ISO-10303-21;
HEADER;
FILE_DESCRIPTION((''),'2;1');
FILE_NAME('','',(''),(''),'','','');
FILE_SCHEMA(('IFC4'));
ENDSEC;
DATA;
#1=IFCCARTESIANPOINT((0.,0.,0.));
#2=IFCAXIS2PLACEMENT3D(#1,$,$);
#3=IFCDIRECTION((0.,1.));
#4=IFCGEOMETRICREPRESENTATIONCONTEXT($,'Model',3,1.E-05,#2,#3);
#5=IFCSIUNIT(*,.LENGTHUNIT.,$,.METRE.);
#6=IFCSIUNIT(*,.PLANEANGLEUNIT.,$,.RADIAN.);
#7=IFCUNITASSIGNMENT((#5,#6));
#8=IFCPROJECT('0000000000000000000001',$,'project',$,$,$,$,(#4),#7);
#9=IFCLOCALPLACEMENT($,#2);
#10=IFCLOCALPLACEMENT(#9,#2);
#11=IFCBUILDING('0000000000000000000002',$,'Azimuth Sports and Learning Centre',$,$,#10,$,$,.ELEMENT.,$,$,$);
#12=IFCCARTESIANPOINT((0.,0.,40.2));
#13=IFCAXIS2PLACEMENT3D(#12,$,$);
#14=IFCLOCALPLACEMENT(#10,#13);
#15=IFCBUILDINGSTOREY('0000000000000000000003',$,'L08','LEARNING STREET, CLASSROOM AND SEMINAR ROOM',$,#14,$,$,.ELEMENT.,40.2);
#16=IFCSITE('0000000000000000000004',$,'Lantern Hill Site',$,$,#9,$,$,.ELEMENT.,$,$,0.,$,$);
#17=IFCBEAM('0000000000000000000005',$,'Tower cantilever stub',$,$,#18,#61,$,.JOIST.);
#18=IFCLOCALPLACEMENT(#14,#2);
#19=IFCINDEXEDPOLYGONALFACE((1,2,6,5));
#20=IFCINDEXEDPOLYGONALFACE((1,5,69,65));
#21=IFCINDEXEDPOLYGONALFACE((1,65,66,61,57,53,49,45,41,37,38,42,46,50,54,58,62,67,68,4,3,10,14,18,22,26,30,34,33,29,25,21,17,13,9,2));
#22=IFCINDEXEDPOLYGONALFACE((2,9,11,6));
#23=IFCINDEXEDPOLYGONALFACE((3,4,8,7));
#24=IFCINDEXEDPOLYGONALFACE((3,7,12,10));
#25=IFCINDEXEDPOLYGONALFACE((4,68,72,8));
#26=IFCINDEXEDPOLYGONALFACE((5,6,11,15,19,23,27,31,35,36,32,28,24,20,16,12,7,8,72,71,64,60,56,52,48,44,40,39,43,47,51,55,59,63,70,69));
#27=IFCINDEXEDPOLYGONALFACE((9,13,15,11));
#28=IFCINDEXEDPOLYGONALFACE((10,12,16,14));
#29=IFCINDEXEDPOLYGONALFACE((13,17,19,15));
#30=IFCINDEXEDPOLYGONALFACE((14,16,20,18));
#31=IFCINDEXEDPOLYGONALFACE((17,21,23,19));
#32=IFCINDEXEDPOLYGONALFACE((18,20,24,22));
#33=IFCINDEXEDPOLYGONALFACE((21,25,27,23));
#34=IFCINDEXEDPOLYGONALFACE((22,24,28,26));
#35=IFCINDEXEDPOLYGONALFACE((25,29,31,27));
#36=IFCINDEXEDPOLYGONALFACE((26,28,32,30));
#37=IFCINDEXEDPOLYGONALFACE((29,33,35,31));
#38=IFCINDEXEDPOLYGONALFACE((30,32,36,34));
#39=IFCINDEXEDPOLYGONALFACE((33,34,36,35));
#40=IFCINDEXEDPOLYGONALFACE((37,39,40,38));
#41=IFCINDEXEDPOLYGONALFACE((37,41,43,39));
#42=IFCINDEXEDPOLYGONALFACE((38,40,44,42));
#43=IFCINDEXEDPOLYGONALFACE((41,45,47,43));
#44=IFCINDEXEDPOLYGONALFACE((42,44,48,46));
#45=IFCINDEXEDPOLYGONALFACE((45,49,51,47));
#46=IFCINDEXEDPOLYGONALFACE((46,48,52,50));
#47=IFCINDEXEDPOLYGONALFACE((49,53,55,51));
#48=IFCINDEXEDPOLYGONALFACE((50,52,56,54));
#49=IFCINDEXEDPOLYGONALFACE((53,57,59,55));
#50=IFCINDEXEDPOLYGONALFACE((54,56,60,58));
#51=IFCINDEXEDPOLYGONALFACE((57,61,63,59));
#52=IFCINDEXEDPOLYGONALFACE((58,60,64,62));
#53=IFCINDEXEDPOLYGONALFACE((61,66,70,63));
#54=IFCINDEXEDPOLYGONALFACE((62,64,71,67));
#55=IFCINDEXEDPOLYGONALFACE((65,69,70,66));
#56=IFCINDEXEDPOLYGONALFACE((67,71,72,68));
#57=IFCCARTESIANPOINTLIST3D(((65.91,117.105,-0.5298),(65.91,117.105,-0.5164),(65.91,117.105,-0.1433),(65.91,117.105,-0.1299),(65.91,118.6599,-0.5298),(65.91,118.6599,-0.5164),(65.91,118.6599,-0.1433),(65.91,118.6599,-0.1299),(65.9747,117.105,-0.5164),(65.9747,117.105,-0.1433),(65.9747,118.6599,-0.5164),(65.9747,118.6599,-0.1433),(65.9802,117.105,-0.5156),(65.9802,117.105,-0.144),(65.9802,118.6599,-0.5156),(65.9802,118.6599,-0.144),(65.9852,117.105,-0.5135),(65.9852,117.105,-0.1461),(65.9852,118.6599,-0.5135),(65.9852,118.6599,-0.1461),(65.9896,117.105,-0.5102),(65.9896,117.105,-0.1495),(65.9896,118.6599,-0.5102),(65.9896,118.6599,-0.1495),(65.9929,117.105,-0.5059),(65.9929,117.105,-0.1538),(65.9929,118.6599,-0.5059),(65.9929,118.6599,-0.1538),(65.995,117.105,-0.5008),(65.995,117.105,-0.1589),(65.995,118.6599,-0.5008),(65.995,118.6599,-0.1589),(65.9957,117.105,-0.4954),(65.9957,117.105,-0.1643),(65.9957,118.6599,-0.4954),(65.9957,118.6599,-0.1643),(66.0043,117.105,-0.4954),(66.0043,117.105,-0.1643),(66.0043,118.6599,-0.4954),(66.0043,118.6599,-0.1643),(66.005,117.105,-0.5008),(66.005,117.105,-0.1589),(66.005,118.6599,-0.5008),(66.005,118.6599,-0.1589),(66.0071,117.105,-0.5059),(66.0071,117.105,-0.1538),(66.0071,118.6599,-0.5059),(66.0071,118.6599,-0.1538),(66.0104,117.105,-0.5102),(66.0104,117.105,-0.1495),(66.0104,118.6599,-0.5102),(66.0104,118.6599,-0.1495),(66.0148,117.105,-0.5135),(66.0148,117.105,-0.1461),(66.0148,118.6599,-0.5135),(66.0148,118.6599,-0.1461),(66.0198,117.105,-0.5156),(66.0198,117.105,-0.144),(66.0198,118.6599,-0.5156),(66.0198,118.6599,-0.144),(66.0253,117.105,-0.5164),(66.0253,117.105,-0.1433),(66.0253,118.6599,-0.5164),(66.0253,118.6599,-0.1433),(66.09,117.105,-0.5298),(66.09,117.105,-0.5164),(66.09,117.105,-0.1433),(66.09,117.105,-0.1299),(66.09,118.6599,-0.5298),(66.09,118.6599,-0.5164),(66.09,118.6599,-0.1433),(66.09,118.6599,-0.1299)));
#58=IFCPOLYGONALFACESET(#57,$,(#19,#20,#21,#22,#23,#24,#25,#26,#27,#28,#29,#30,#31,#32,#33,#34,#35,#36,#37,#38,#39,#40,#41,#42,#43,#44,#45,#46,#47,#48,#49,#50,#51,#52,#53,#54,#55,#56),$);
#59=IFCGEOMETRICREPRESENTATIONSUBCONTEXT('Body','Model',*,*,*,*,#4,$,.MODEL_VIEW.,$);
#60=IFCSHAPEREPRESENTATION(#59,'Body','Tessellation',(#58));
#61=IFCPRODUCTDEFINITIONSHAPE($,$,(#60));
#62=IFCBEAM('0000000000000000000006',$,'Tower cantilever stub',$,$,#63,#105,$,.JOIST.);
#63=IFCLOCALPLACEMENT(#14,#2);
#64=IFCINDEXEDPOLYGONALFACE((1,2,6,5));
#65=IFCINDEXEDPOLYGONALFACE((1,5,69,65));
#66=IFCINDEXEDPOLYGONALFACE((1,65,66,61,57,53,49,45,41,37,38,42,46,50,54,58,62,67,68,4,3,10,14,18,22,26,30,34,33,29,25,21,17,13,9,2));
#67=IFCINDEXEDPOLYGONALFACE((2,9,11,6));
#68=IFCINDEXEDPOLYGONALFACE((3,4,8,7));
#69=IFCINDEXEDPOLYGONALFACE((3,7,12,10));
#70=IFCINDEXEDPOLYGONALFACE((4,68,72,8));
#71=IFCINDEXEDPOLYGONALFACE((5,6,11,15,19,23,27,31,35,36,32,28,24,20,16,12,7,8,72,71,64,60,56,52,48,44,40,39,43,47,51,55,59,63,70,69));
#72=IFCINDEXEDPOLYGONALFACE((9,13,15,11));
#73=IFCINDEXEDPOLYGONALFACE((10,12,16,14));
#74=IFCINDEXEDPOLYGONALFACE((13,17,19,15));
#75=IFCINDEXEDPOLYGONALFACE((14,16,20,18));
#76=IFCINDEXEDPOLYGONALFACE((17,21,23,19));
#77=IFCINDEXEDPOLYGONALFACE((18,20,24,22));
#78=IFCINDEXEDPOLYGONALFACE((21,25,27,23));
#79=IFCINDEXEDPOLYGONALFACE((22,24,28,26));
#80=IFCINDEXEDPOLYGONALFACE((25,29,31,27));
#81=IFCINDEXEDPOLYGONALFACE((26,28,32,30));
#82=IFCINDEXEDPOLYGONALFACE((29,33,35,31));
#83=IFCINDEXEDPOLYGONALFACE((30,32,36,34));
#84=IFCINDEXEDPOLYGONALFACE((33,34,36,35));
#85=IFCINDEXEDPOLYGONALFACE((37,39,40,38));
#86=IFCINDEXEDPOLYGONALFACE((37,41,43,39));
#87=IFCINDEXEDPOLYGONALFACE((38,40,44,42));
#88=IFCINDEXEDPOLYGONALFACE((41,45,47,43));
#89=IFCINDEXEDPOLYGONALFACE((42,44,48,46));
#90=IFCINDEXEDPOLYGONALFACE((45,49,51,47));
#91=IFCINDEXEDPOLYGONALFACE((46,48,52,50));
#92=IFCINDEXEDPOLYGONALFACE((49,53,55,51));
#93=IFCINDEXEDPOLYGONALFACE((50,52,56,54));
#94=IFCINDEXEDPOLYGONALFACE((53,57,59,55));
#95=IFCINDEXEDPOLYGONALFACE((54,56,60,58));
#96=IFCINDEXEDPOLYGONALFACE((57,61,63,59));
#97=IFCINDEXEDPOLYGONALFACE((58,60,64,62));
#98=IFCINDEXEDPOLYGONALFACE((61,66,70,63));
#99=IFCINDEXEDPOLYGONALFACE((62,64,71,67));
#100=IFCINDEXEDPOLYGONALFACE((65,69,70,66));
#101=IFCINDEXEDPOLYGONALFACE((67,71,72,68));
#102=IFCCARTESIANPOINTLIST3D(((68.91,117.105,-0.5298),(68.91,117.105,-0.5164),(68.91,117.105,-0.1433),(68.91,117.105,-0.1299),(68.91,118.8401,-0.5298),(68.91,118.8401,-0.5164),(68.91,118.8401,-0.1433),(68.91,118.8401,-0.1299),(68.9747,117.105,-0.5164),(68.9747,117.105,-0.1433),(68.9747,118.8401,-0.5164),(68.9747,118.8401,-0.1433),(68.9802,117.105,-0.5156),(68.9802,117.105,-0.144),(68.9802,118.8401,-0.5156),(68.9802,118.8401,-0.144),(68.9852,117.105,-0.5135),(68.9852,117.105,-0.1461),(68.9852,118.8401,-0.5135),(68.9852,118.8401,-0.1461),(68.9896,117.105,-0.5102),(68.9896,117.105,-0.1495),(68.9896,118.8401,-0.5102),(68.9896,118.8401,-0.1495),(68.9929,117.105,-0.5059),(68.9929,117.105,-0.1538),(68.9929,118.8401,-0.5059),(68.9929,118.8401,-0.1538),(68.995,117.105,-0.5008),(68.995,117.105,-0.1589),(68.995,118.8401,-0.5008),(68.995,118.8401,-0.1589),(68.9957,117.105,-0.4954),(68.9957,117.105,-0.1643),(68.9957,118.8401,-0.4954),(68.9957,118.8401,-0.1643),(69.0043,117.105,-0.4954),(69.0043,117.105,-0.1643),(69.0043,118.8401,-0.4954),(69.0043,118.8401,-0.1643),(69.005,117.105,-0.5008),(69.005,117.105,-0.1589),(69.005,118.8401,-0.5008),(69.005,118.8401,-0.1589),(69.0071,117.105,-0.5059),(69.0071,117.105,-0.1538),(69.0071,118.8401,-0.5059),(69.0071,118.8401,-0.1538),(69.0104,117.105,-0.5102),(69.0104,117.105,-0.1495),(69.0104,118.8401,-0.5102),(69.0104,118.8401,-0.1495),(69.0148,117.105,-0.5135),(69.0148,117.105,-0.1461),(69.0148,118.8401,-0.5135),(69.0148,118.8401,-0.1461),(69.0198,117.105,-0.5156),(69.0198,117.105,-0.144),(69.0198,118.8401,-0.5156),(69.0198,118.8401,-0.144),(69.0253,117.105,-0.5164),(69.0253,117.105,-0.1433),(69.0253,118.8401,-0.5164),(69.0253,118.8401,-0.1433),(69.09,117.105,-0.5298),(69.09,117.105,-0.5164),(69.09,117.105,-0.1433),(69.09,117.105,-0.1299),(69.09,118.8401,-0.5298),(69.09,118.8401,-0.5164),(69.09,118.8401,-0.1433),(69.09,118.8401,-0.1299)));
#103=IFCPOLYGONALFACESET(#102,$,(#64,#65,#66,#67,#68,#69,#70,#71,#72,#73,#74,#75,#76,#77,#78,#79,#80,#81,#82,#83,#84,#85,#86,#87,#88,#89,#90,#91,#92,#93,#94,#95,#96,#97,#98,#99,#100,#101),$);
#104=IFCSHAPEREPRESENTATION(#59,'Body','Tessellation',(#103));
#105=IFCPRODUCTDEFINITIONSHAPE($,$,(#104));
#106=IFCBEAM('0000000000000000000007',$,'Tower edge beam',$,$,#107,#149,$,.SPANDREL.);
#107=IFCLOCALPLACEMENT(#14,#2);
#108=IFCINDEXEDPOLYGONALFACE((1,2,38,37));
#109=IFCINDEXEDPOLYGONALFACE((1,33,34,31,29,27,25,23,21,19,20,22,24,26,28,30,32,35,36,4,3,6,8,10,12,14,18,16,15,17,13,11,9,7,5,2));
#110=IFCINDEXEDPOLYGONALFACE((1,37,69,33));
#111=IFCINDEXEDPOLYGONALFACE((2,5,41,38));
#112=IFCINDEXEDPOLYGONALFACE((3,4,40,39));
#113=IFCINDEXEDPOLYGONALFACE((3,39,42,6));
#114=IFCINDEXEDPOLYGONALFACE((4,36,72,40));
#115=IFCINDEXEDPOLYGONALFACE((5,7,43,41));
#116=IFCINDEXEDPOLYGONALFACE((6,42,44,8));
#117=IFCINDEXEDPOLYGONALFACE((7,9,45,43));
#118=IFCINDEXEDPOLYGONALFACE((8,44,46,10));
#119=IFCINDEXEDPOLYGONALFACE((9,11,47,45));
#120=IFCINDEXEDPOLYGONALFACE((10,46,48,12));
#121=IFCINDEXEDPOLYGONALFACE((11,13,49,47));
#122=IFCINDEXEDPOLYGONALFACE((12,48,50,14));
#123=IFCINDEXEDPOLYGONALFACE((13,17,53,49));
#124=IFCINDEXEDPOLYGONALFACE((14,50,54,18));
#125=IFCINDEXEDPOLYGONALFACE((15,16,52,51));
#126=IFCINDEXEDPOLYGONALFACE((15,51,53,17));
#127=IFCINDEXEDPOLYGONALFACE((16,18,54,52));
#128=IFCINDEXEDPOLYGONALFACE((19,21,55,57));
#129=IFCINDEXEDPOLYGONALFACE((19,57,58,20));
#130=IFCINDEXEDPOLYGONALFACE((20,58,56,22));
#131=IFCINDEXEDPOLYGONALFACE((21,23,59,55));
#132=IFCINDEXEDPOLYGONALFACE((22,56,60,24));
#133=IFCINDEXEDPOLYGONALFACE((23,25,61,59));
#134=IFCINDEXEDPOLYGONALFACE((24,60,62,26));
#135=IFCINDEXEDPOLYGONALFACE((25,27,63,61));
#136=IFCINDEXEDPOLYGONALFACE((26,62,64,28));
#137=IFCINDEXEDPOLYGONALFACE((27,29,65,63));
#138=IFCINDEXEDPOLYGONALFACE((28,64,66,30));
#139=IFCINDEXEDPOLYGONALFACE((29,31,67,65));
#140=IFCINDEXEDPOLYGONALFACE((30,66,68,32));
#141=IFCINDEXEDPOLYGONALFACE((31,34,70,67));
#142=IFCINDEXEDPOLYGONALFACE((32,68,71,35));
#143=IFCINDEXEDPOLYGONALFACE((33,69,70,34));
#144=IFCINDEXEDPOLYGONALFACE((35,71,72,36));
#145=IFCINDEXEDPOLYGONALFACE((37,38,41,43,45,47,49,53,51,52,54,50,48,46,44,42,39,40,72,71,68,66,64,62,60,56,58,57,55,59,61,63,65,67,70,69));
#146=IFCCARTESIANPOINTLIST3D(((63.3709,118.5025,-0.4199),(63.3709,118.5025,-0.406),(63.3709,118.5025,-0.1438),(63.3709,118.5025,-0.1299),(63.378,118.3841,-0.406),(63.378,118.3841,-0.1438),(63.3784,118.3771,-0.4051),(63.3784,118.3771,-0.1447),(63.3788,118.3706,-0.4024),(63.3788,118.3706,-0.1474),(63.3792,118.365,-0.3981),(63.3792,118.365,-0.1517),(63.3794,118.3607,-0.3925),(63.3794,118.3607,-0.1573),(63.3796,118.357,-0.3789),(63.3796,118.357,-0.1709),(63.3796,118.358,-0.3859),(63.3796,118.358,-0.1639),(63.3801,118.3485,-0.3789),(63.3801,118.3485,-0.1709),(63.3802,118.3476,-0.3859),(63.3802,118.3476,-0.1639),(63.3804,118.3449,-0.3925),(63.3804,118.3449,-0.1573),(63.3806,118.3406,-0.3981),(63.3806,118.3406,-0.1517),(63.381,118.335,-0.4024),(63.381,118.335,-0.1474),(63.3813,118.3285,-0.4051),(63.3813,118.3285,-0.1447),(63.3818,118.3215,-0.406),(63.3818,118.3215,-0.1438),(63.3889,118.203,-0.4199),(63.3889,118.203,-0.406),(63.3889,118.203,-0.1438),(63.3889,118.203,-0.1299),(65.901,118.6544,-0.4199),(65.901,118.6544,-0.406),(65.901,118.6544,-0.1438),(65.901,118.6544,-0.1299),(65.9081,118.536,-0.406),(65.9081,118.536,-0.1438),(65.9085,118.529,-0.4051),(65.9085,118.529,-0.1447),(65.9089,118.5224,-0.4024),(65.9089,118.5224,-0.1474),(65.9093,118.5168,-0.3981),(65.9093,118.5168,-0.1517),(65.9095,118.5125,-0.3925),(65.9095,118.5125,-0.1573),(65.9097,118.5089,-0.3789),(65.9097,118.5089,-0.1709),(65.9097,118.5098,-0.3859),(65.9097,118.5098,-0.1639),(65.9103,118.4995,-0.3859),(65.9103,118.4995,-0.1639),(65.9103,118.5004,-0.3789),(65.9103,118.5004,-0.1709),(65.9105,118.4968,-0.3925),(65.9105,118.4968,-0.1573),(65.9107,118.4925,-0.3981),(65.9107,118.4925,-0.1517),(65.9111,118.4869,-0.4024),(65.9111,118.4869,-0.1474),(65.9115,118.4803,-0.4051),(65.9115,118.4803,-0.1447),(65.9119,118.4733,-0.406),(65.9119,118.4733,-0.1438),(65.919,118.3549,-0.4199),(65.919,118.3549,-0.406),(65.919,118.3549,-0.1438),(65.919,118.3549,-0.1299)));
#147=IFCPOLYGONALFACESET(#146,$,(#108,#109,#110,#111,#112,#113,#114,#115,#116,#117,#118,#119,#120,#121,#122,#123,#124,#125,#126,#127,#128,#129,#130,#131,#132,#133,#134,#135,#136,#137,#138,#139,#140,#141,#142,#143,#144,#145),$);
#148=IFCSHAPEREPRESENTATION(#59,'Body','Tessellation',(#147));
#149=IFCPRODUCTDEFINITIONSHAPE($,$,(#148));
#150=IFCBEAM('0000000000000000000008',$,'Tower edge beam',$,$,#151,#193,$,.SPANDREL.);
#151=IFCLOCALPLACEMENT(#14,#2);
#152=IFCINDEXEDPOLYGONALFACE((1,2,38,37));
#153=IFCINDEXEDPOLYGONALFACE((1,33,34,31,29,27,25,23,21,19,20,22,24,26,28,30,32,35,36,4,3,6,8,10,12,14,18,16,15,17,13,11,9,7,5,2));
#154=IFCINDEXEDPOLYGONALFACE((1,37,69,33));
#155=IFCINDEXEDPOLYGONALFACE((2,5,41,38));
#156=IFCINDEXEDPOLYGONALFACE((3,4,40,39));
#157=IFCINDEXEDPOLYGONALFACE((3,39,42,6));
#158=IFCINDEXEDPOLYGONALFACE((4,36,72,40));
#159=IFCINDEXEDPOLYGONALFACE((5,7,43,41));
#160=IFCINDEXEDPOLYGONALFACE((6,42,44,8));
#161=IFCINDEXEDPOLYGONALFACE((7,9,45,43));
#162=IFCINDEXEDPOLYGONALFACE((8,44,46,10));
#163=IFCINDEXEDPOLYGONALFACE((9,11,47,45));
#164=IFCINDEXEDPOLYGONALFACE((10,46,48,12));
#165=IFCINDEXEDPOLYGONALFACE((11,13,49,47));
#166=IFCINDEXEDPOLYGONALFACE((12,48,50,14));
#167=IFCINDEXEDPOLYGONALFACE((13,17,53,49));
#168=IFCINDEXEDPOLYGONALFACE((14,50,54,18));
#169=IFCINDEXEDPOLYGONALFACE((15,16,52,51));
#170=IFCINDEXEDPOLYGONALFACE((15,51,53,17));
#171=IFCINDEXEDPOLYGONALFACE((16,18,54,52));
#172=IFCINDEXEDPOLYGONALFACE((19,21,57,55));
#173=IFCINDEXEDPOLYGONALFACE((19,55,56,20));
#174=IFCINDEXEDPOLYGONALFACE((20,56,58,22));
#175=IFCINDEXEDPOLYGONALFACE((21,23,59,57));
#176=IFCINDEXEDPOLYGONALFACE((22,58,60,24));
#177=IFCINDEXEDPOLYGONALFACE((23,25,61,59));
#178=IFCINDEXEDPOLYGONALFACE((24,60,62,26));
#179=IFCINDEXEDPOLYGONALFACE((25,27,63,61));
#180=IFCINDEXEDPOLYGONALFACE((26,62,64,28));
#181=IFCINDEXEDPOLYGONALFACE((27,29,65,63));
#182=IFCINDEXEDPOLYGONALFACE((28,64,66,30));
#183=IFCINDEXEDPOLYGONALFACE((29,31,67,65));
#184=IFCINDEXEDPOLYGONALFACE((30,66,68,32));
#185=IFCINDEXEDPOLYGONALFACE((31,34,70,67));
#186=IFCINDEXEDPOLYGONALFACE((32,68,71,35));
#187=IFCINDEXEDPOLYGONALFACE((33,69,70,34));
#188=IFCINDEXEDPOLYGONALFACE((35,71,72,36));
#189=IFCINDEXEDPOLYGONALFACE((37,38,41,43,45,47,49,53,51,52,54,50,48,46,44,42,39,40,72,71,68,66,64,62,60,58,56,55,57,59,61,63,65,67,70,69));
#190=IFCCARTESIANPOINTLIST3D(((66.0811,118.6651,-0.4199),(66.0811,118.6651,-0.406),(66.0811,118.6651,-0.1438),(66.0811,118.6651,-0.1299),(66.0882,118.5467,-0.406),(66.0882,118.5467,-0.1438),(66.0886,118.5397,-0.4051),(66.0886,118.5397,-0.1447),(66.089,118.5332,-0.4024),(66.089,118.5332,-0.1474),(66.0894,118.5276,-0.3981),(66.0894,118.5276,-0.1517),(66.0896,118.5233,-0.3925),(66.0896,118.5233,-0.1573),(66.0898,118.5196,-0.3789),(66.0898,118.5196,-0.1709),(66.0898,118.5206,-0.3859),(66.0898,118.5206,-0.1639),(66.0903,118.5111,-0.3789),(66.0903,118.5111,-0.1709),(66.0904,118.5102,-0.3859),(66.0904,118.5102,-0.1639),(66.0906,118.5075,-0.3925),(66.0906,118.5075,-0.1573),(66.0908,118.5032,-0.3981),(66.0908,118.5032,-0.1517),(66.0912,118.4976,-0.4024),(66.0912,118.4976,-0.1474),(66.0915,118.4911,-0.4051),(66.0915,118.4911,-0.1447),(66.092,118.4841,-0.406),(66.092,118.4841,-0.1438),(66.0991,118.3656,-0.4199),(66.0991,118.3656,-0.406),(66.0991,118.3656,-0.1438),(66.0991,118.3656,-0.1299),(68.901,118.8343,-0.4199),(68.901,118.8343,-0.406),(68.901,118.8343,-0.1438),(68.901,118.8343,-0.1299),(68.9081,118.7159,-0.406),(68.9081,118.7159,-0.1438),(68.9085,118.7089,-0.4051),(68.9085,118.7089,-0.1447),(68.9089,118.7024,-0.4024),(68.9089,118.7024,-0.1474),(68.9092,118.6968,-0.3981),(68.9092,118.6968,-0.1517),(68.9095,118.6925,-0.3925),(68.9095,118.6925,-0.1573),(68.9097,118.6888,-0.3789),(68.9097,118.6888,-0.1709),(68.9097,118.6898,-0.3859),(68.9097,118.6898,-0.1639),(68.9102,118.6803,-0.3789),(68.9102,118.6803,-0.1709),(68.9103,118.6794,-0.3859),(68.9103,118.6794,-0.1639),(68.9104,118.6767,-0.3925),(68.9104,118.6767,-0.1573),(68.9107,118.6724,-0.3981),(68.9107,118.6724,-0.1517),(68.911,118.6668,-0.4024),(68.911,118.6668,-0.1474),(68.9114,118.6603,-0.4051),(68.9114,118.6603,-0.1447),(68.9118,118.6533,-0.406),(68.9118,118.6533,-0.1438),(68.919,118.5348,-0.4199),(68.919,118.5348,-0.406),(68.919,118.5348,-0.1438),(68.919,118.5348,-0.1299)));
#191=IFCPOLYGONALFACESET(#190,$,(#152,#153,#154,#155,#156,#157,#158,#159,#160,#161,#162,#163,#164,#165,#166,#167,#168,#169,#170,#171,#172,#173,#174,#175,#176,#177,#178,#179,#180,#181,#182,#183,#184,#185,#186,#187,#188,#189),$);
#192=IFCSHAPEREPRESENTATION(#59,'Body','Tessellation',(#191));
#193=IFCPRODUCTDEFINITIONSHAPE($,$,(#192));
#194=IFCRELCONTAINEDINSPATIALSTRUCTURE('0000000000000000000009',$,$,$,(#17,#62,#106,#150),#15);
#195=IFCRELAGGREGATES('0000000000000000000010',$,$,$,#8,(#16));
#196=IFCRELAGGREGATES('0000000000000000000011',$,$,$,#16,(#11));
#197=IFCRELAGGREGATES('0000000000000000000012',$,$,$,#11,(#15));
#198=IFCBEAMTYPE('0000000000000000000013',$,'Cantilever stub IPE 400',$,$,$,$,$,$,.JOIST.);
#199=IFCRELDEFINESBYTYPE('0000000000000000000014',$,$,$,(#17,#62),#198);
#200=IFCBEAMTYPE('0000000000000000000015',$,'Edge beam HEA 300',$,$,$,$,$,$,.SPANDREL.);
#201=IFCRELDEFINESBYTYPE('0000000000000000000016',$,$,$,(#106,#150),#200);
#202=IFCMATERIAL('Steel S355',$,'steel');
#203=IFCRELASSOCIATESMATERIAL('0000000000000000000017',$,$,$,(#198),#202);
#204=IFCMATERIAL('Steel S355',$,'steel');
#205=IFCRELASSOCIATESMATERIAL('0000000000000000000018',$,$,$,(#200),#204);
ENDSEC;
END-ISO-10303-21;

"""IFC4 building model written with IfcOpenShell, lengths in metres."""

from ifc_helpers import new_model, si_unit, direction, frame, origin, origin_2d, place, context, subcontext, project, spatial, i_section, extrude, material, material_profile, profile_set, type_object, element, save


model = new_model("IFC4")

# Units and contexts
model_context = context("Model", 3, precision=1e-05, world=origin(), true_north=direction((0.0, 1.0)))
body_context = subcontext(model_context, "Body", "Model", "MODEL_VIEW")
ifc_project = project(units=[si_unit("LENGTHUNIT", "METRE"), si_unit("PLANEANGLEUNIT", "RADIAN")], contexts=[model_context])

# Site, building, storey
site_placement = place(None, origin())
site = spatial("IfcSite", under=ifc_project, at=site_placement, Name="Lantern Hill Site", CompositionType="ELEMENT", RefElevation=0.0)
building_placement = place(site_placement, origin())
building = spatial("IfcBuilding", under=site, at=building_placement, Name="Azimuth Sports and Learning Centre", CompositionType="ELEMENT")
storey_placement = place(building_placement, frame((0.0, 0.0, 40.2)))
storey = spatial("IfcBuildingStorey", under=building, at=storey_placement, Name="L08", Description="LEARNING STREET, CLASSROOM AND SEMINAR ROOM", CompositionType="ELEMENT", Elevation=40.2)

# Beams
ifc_material_1 = material(Name="Steel S355", Category="steel")
ifc_material_profile_1 = material_profile(ifc_material_1, i_section(OverallWidth=0.1799, OverallDepth=0.3999, WebThickness=0.0085, FlangeThickness=0.0134, FilletRadius=0.021, at=origin_2d()), Name="IPE 400")
ifc_profile_set_1 = profile_set([ifc_material_profile_1], Name="Steel S355")
beam_type_1 = type_object("IfcBeamType", Name="Cantilever stub IPE 400", PredefinedType="JOIST", material=ifc_profile_set_1)
beam_1_placement = place(storey_placement, frame((66.0, 117.105, -0.3298), z_axis=(0.0, 1.0, 0.0), x_axis=(-1.0, 0.0, 0.0)))
element("IfcBeam", 1, at=beam_1_placement, inside=storey, type_object=beam_type_1, Name="Tower cantilever stub", PredefinedType="JOIST", context=body_context, shape_type="SweptSolid", body=[
    extrude(i_section(OverallWidth=0.1799, OverallDepth=0.3999, WebThickness=0.0085, FlangeThickness=0.0134, FilletRadius=0.021, at=origin_2d()), origin(), (0.0, 0.0, 1.0), 1.5549),
])
beam_2_placement = place(storey_placement, frame((69.0, 117.105, -0.3298), z_axis=(0.0, 1.0, 0.0), x_axis=(-1.0, 0.0, 0.0)))
element("IfcBeam", 2, at=beam_2_placement, inside=storey, type_object=beam_type_1, Name="Tower cantilever stub", PredefinedType="JOIST", context=body_context, shape_type="SweptSolid", body=[
    extrude(i_section(OverallWidth=0.1799, OverallDepth=0.3999, WebThickness=0.0085, FlangeThickness=0.0134, FilletRadius=0.021, at=origin_2d()), origin(), (0.0, 0.0, 1.0), 1.7351),
])
ifc_material_2 = material(Name="Steel S355", Category="steel")
ifc_material_profile_2 = material_profile(ifc_material_2, i_section(OverallWidth=0.3, OverallDepth=0.29, WebThickness=0.0085, FlangeThickness=0.0139, FilletRadius=0.0271, at=origin_2d()), Name="HEA 300")
ifc_profile_set_2 = profile_set([ifc_material_profile_2], Name="Steel S355")
beam_type_2 = type_object("IfcBeamType", Name="Edge beam HEA 300", PredefinedType="SPANDREL", material=ifc_profile_set_2)
beam_3_placement = place(storey_placement, frame((63.3799, 118.3528, -0.2749), z_axis=(0.998204, 0.059913, 0.0), x_axis=(-0.059913, 0.998204, 0.0)))
element("IfcBeam", 3, at=beam_3_placement, inside=storey, type_object=beam_type_2, Name="Tower edge beam", PredefinedType="SPANDREL", context=body_context, shape_type="SweptSolid", body=[
    extrude(i_section(OverallWidth=0.3, OverallDepth=0.29, WebThickness=0.0085, FlangeThickness=0.0139, FilletRadius=0.0271, at=origin_2d()), origin(), (0.0, 0.0, 1.0), 2.5347),
])
beam_4_placement = place(storey_placement, frame((66.0901, 118.5154, -0.2749), z_axis=(0.998205, 0.059892, 0.0), x_axis=(-0.059892, 0.998205, 0.0)))
element("IfcBeam", 4, at=beam_4_placement, inside=storey, type_object=beam_type_2, Name="Tower edge beam", PredefinedType="SPANDREL", context=body_context, shape_type="SweptSolid", body=[
    extrude(i_section(OverallWidth=0.3, OverallDepth=0.29, WebThickness=0.0085, FlangeThickness=0.0139, FilletRadius=0.0271, at=origin_2d()), origin(), (0.0, 0.0, 1.0), 2.825),
])

save(model, "model.ifc")
